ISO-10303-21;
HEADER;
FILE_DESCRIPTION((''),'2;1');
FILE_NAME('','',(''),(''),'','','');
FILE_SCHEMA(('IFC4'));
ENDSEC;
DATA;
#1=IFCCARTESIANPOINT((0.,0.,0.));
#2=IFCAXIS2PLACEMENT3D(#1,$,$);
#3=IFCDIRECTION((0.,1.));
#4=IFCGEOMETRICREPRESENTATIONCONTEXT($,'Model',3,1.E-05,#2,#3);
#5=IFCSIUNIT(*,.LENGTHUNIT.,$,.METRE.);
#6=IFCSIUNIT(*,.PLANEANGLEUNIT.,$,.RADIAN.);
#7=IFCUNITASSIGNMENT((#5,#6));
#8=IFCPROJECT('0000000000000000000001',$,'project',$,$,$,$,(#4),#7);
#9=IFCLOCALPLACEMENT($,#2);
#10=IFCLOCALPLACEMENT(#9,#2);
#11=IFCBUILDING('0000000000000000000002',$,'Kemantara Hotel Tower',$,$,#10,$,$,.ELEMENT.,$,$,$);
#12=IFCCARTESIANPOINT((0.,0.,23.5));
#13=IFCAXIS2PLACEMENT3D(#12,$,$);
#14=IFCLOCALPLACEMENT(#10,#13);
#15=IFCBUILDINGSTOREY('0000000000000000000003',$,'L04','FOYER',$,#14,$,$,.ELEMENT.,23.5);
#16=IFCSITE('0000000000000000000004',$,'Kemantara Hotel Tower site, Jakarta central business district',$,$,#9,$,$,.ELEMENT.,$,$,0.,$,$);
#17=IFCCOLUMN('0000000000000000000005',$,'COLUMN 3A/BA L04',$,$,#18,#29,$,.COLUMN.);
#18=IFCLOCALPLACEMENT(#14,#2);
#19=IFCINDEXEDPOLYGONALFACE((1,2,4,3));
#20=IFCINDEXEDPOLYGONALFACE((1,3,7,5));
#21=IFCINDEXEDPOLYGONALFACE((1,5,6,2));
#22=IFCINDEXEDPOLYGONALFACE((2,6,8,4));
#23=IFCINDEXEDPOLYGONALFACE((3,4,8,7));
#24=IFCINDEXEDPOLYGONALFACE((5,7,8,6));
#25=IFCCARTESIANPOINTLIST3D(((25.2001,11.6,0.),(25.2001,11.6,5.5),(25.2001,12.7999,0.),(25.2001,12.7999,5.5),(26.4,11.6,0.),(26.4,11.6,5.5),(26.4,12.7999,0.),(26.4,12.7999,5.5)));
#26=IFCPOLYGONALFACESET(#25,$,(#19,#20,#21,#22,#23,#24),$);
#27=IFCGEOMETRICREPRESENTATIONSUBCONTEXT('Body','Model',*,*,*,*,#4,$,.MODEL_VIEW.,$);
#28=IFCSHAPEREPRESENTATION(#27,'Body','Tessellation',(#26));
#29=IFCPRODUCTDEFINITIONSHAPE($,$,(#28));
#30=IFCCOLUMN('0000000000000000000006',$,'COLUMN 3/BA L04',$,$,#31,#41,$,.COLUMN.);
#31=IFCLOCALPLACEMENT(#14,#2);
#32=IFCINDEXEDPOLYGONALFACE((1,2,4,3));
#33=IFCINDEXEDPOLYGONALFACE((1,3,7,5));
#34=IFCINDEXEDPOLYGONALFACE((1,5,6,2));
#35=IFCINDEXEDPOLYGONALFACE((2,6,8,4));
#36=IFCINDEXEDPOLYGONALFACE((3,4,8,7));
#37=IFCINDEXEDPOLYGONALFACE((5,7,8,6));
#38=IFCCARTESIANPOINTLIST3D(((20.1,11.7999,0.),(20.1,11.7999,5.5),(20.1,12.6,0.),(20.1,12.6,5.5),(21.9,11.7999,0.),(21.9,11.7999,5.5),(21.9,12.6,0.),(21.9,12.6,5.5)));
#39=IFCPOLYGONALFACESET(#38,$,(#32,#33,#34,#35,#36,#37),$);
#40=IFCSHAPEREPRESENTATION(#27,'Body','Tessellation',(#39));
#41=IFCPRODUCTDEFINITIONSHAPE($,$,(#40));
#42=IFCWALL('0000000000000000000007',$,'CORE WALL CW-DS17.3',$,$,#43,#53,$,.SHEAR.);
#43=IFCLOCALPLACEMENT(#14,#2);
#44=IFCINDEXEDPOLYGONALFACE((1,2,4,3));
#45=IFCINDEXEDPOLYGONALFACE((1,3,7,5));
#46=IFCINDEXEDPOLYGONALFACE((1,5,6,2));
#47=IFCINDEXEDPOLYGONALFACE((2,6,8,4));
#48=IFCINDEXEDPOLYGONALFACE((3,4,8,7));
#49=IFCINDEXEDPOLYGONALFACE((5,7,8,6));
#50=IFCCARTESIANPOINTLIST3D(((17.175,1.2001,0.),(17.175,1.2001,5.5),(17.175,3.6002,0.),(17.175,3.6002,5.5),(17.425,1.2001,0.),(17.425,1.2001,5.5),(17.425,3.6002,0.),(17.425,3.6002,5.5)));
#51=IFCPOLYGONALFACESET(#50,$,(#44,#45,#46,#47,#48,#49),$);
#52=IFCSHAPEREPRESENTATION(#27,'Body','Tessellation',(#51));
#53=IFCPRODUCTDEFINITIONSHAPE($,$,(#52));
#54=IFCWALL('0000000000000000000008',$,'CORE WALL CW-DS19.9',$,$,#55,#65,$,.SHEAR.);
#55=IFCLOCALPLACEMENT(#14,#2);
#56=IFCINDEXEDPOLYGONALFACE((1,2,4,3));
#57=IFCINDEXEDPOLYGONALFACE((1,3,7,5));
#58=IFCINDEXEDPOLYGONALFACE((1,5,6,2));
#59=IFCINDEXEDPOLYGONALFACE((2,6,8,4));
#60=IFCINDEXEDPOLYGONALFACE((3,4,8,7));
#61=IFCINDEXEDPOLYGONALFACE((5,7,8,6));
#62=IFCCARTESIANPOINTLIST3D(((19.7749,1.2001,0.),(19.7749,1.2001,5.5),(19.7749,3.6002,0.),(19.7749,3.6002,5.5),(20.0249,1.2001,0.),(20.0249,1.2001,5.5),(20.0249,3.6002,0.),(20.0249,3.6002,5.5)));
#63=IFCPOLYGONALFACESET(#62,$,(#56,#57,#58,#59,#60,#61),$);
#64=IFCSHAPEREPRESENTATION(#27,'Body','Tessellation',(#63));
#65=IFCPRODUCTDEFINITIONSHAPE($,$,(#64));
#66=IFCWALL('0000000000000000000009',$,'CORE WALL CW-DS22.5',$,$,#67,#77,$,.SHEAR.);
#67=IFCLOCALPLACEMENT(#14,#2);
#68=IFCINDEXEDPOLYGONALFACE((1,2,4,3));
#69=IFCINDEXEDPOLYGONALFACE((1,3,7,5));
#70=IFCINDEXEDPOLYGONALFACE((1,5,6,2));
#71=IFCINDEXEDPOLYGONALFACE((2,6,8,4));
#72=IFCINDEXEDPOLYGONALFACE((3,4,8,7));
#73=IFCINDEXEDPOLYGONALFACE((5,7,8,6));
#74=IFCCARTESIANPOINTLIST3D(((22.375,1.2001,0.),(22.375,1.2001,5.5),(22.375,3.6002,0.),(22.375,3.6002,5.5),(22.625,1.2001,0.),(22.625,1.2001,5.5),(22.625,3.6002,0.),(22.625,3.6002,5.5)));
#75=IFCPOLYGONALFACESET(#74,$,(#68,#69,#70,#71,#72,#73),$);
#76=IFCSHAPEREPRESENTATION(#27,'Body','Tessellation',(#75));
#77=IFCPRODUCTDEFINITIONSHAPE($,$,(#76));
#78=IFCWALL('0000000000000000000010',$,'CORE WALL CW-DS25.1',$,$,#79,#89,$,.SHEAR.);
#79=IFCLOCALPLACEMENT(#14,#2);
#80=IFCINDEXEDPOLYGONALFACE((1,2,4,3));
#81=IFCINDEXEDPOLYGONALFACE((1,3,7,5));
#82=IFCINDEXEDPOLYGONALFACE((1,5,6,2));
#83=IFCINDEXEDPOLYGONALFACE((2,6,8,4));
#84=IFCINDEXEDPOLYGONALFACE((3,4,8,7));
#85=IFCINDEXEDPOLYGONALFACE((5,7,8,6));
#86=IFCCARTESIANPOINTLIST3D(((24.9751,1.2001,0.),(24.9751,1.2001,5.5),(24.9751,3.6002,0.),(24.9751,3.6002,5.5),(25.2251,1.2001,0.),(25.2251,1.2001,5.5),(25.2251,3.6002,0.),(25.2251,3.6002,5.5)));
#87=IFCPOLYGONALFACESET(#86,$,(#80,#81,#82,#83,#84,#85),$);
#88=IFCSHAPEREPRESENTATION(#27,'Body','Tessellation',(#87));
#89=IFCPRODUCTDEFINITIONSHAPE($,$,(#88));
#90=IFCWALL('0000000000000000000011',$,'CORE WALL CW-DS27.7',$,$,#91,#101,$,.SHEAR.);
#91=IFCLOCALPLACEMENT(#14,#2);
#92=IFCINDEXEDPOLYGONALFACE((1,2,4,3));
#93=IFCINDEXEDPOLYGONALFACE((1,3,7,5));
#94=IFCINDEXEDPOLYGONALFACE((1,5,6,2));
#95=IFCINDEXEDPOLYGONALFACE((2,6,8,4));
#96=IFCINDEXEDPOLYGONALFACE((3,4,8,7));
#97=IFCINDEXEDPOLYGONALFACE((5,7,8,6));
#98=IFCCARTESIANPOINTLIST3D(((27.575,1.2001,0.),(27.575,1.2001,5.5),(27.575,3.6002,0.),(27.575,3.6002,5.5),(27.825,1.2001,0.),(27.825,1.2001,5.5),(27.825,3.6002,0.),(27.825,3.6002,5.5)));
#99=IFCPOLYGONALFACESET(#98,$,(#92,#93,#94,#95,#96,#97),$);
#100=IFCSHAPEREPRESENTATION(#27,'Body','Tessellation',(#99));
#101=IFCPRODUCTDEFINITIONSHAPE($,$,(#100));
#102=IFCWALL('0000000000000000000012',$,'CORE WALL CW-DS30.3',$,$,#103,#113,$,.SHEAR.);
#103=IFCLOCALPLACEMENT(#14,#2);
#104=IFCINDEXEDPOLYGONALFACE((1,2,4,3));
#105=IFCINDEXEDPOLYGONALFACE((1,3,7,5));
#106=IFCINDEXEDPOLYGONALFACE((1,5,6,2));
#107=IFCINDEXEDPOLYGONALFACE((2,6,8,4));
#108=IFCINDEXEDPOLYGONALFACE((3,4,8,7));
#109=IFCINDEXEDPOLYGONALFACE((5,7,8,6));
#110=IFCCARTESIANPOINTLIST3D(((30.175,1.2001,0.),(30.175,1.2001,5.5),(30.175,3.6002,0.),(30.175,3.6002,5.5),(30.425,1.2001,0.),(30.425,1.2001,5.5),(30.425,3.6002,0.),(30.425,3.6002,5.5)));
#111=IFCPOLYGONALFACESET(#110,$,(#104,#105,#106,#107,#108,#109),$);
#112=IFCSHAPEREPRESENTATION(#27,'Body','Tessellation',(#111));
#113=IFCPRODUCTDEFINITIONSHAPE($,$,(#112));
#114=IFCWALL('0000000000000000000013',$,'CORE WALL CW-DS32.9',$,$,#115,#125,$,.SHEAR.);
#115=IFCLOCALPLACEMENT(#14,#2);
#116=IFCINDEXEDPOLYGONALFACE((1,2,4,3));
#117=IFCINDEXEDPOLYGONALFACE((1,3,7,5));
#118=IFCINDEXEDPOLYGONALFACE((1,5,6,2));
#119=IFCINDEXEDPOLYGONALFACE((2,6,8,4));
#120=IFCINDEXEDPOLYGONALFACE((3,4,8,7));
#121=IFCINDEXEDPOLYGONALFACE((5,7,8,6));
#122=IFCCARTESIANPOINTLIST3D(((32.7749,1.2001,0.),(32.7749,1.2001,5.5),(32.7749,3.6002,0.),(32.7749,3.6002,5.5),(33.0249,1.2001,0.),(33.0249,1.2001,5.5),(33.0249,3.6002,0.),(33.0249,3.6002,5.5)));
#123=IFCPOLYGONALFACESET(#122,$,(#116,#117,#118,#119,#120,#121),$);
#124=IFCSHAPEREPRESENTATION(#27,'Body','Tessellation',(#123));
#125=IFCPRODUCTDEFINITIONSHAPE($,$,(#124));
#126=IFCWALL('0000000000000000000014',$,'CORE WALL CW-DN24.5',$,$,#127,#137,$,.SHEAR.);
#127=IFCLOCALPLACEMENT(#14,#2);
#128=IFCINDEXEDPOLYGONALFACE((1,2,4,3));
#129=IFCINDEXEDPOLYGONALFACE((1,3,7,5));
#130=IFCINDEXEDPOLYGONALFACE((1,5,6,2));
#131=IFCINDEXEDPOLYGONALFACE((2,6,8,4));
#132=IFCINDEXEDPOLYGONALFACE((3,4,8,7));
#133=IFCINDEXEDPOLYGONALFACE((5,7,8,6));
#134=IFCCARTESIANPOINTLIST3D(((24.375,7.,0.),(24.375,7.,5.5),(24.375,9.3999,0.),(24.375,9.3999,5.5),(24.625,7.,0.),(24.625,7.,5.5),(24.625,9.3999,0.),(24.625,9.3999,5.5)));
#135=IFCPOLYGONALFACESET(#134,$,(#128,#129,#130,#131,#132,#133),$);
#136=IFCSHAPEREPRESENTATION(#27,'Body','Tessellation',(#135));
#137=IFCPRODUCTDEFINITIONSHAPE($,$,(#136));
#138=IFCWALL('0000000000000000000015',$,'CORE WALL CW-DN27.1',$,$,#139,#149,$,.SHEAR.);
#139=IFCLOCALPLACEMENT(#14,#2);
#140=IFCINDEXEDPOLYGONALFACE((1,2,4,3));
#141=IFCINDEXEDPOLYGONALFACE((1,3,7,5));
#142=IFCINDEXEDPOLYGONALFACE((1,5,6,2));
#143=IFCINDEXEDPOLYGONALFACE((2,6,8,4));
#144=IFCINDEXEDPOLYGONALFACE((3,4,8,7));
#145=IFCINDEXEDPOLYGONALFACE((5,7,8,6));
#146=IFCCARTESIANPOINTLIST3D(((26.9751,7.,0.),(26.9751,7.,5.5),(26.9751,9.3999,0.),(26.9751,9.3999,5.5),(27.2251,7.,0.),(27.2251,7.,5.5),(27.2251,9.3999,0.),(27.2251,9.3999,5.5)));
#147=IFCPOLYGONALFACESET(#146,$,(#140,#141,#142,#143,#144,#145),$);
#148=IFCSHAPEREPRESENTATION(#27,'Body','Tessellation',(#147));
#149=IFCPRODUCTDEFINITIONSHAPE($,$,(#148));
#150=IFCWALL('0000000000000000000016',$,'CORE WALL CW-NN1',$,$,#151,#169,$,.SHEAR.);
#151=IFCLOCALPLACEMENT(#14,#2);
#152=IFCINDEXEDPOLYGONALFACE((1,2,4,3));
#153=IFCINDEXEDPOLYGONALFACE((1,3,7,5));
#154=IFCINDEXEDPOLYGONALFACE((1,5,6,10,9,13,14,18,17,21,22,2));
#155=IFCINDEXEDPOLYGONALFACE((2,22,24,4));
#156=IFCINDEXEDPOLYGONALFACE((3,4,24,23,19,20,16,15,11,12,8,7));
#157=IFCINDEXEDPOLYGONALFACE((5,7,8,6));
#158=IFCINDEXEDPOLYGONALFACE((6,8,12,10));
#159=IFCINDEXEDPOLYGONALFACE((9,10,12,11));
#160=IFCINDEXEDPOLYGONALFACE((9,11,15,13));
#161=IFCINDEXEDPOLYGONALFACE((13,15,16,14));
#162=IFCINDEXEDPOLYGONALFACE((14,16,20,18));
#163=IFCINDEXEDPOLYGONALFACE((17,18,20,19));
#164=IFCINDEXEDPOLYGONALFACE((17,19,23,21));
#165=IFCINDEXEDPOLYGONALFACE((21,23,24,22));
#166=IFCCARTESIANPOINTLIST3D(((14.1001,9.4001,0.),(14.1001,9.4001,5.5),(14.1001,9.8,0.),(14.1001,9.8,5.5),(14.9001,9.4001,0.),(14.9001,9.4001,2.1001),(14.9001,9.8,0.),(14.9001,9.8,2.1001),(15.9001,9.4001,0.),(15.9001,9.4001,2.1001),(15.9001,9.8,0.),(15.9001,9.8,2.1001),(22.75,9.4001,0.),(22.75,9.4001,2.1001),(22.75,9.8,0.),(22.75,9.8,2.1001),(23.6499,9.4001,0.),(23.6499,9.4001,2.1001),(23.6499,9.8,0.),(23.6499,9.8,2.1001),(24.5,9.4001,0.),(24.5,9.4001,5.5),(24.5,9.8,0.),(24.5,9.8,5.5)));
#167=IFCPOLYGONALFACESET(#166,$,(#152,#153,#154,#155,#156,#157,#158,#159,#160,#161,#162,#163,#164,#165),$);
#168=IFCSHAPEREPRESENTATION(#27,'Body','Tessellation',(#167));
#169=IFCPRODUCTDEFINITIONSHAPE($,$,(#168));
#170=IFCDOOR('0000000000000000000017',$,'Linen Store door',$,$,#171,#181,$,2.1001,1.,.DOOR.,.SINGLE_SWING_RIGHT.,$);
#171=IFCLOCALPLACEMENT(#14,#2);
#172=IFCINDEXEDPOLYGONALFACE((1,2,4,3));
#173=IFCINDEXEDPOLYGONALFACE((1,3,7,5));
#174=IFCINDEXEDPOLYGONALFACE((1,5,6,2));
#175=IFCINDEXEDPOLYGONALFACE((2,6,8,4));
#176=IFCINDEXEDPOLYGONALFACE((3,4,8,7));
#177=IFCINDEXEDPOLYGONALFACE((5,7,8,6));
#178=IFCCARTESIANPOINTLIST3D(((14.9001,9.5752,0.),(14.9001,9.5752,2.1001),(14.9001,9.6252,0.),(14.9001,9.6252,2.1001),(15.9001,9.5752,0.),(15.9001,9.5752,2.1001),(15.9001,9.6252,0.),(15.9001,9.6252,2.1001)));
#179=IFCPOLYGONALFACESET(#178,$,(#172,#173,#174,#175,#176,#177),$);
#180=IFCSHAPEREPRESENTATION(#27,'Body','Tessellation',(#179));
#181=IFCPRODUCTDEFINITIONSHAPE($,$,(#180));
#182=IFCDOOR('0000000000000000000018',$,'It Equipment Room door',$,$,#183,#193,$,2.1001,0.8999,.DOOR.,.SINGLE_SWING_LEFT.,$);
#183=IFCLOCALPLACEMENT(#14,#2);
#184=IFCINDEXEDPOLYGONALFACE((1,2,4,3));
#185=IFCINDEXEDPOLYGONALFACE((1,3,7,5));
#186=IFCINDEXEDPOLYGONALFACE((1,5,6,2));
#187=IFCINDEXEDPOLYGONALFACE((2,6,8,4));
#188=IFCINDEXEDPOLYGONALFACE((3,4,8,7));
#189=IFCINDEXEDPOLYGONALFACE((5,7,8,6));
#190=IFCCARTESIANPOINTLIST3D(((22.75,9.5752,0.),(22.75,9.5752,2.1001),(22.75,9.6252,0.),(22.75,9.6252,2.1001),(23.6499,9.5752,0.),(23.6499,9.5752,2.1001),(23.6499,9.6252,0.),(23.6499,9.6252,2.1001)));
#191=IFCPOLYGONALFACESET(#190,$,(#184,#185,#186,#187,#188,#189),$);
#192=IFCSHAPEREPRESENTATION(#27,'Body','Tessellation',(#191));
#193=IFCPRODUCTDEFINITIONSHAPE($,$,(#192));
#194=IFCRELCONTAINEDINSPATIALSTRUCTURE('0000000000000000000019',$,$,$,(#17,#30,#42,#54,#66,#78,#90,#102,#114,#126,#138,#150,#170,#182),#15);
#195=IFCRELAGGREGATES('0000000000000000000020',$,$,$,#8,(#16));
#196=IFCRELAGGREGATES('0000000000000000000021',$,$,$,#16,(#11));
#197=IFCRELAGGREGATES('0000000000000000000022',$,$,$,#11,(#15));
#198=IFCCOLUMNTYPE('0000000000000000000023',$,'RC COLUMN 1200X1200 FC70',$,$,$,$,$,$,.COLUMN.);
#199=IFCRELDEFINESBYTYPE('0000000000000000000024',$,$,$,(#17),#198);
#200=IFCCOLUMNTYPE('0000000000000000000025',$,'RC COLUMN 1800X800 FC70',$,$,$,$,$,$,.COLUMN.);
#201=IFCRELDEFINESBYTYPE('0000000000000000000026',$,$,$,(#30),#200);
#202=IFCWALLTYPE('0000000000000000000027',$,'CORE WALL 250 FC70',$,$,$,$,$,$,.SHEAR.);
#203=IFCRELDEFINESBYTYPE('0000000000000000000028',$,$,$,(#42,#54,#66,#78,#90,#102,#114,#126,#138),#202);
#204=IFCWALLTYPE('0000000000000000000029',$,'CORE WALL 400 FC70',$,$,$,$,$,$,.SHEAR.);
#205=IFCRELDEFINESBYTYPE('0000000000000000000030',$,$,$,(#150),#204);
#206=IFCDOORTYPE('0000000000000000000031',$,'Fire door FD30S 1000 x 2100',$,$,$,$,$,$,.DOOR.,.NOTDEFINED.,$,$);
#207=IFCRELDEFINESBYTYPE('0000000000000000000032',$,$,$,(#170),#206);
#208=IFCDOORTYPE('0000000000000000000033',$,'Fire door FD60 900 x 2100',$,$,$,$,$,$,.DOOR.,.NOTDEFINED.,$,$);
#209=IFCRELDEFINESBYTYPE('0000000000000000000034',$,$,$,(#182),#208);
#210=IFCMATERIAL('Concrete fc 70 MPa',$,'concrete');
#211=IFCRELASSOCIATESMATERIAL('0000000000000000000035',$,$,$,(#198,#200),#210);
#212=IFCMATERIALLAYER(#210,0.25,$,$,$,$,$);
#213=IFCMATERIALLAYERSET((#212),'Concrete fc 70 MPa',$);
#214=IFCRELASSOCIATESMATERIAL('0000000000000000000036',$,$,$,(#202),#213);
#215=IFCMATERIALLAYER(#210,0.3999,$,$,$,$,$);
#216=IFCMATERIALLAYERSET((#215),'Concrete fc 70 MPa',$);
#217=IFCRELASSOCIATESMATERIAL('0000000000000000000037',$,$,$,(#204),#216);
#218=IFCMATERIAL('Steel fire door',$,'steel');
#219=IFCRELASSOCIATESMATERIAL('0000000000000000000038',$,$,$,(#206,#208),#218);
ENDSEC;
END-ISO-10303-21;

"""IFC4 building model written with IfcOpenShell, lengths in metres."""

from ifc_helpers import new_model, si_unit, direction, frame, frame_2d, origin, origin_2d, place, context, subcontext, project, spatial, rectangle, extrude, material, layer, layer_set, material_profile, profile_set, type_object, element, fill, save


model = new_model("IFC4")

# Units and contexts
model_context = context("Model", 3, precision=1e-05, world=origin(), true_north=direction((0.0, 1.0)))
body_context = subcontext(model_context, "Body", "Model", "MODEL_VIEW")
ifc_project = project(units=[si_unit("LENGTHUNIT", "METRE"), si_unit("PLANEANGLEUNIT", "RADIAN")], contexts=[model_context])

# Site, building, storey
site_placement = place(None, origin())
site = spatial("IfcSite", under=ifc_project, at=site_placement, Name="Kemantara Hotel Tower site, Jakarta central business district", CompositionType="ELEMENT", RefElevation=0.0)
building_placement = place(site_placement, origin())
building = spatial("IfcBuilding", under=site, at=building_placement, Name="Kemantara Hotel Tower", CompositionType="ELEMENT")
storey_placement = place(building_placement, frame((0.0, 0.0, 23.5)))
storey = spatial("IfcBuildingStorey", under=building, at=storey_placement, Name="L04", Description="FOYER", CompositionType="ELEMENT", Elevation=23.5)

# Columns
ifc_material_1 = material(Name="Concrete fc 70 MPa", Category="concrete")
ifc_material_profile_1 = material_profile(ifc_material_1, rectangle(XDim=1.2, YDim=1.2, at=origin_2d()), Name="RC 1200X1200")
ifc_profile_set_1 = profile_set([ifc_material_profile_1], Name="Concrete fc 70 MPa")
column_type_1 = type_object("IfcColumnType", Name="RC COLUMN 1200X1200 FC70", PredefinedType="COLUMN", material=ifc_profile_set_1)
column_1_placement = place(storey_placement, frame((25.8, 12.2, 0.0), z_axis=(0.0, 0.0, 1.0), x_axis=(1.0, 0.0, 0.0)))
element("IfcColumn", 1, at=column_1_placement, inside=storey, type_object=column_type_1, Name="COLUMN 3A/BA L04", PredefinedType="COLUMN", context=body_context, shape_type="SweptSolid", body=[
    extrude(rectangle(XDim=1.2, YDim=1.2, at=origin_2d()), origin(), (0.0, 0.0, 1.0), 5.5),
])
ifc_material_profile_2 = material_profile(ifc_material_1, rectangle(XDim=1.8, YDim=0.8, at=origin_2d()), Name="RC 1800X800")
ifc_profile_set_2 = profile_set([ifc_material_profile_2], Name="Concrete fc 70 MPa")
column_type_2 = type_object("IfcColumnType", Name="RC COLUMN 1800X800 FC70", PredefinedType="COLUMN", material=ifc_profile_set_2)
column_2_placement = place(storey_placement, frame((21.0, 12.2, 0.0), z_axis=(0.0, 0.0, 1.0), x_axis=(1.0, 0.0, 0.0)))
element("IfcColumn", 2, at=column_2_placement, inside=storey, type_object=column_type_2, Name="COLUMN 3/BA L04", PredefinedType="COLUMN", context=body_context, shape_type="SweptSolid", body=[
    extrude(rectangle(XDim=1.8, YDim=0.8, at=origin_2d()), origin(), (0.0, 0.0, 1.0), 5.5),
])

# Walls
ifc_layer_1 = layer(ifc_material_1, 0.25)
ifc_layer_set_1 = layer_set([ifc_layer_1], Name="Concrete fc 70 MPa")
wall_type_1 = type_object("IfcWallType", Name="CORE WALL 250 FC70", PredefinedType="SHEAR", material=ifc_layer_set_1)
for number, where, z_axis, x_axis, name in (
    (3, (17.3, 1.2, 0.0), (0.0, 0.0, 1.0), (0.0, 1.0, 0.0), "CORE WALL CW-DS17.3"),
    (4, (19.8999, 1.2, 0.0), (0.0, 0.0, 1.0), (0.0, 1.0, 0.0), "CORE WALL CW-DS19.9"),
    (5, (22.5, 1.2, 0.0), (0.0, 0.0, 1.0), (0.0, 1.0, 0.0), "CORE WALL CW-DS22.5"),
    (6, (25.1001, 1.2, 0.0), (0.0, 0.0, 1.0), (0.0, 1.0, 0.0), "CORE WALL CW-DS25.1"),
    (7, (27.7, 1.2, 0.0), (0.0, 0.0, 1.0), (0.0, 1.0, 0.0), "CORE WALL CW-DS27.7"),
    (8, (30.3, 1.2, 0.0), (0.0, 0.0, 1.0), (0.0, 1.0, 0.0), "CORE WALL CW-DS30.3"),
    (9, (32.8999, 1.2, 0.0), (0.0, 0.0, 1.0), (0.0, 1.0, 0.0), "CORE WALL CW-DS32.9"),
):
    element("IfcWall", number, at=place(storey_placement, frame(where, z_axis=z_axis, x_axis=x_axis)), inside=storey, type_object=wall_type_1, Name=name, PredefinedType="SHEAR", context=body_context, shape_type="SweptSolid", body=[
        extrude(rectangle(XDim=2.4001, YDim=0.25, at=frame_2d((1.2002, 0.0))), origin(), (0.0, 0.0, 1.0), 5.5),
    ])
for number, where, z_axis, x_axis, name in (
    (10, (24.5, 7.0, 0.0), (0.0, 0.0, 1.0), (0.0, 1.0, 0.0), "CORE WALL CW-DN24.5"),
    (11, (27.1001, 7.0, 0.0), (0.0, 0.0, 1.0), (0.0, 1.0, 0.0), "CORE WALL CW-DN27.1"),
):
    element("IfcWall", number, at=place(storey_placement, frame(where, z_axis=z_axis, x_axis=x_axis)), inside=storey, type_object=wall_type_1, Name=name, PredefinedType="SHEAR", context=body_context, shape_type="SweptSolid", body=[
        extrude(rectangle(XDim=2.3999, YDim=0.25, at=frame_2d((1.2, 0.0))), origin(), (0.0, 0.0, 1.0), 5.5),
    ])

# Wall, openings, doors
ifc_layer_2 = layer(ifc_material_1, 0.3999)
ifc_layer_set_2 = layer_set([ifc_layer_2], Name="Concrete fc 70 MPa")
wall_type_2 = type_object("IfcWallType", Name="CORE WALL 400 FC70", PredefinedType="SHEAR", material=ifc_layer_set_2)
wall_1_placement = place(storey_placement, frame((14.1001, 9.6001, 0.0), z_axis=(0.0, 0.0, 1.0), x_axis=(1.0, 0.0, 0.0)))
wall_1 = element("IfcWall", 12, at=wall_1_placement, inside=storey, type_object=wall_type_2, Name="CORE WALL CW-NN1", PredefinedType="SHEAR", context=body_context, shape_type="SweptSolid", body=[
    extrude(rectangle(XDim=10.3999, YDim=0.3999, at=frame_2d((5.2, 0.0))), origin(), (0.0, 0.0, 1.0), 5.5),
])
opening_1_placement = place(wall_1_placement, frame((0.8, 0.0, 0.0)))
opening_1 = element("IfcOpeningElement", 13, at=opening_1_placement, cuts=wall_1, PredefinedType="OPENING", context=body_context, shape_type="SweptSolid", body=[
    extrude(rectangle(XDim=1.0, YDim=2.1001, at=frame_2d((0.5, 1.05))), frame((0.0, 0.21, 0.0), z_axis=(0.0, -1.0, 0.0), x_axis=(1.0, 0.0, 0.0)), (0.0, 0.0, 1.0), 0.4199),
])
opening_2_placement = place(wall_1_placement, frame((8.6499, 0.0, 0.0)))
opening_2 = element("IfcOpeningElement", 14, at=opening_2_placement, cuts=wall_1, PredefinedType="OPENING", context=body_context, shape_type="SweptSolid", body=[
    extrude(rectangle(XDim=0.8999, YDim=2.1001, at=frame_2d((0.45, 1.05))), frame((0.0, 0.21, 0.0), z_axis=(0.0, -1.0, 0.0), x_axis=(1.0, 0.0, 0.0)), (0.0, 0.0, 1.0), 0.4199),
])
ifc_material_2 = material(Name="Steel fire door", Category="steel")
door_type_1 = type_object("IfcDoorType", Name="Fire door FD30S 1000 x 2100", OperationType="NOTDEFINED", PredefinedType="DOOR", material=ifc_material_2)
door_1_placement = place(opening_1_placement, frame((1.0, 0.0, 0.0), z_axis=(0.0, 0.0, 1.0), x_axis=(-1.0, 0.0, 0.0)))
door_1 = element("IfcDoor", 15, at=door_1_placement, inside=storey, type_object=door_type_1, Name="Linen Store door", OperationType="SINGLE_SWING_RIGHT", OverallHeight=2.1001, OverallWidth=1.0, PredefinedType="DOOR", context=body_context, shape_type="SweptSolid", body=[
    extrude(rectangle(XDim=1.0, YDim=2.1001, at=frame_2d((0.5, 1.05))), frame((0.0, 0.0249, 0.0), z_axis=(0.0, -1.0, 0.0), x_axis=(1.0, 0.0, 0.0)), (0.0, 0.0, 1.0), 0.05),
])
fill(opening_1, door_1)
door_type_2 = type_object("IfcDoorType", Name="Fire door FD60 900 x 2100", OperationType="NOTDEFINED", PredefinedType="DOOR", material=ifc_material_2)
door_2_placement = place(opening_2_placement, frame((0.8999, 0.0, 0.0), z_axis=(0.0, 0.0, 1.0), x_axis=(-1.0, 0.0, 0.0)))
door_2 = element("IfcDoor", 16, at=door_2_placement, inside=storey, type_object=door_type_2, Name="It Equipment Room door", OperationType="SINGLE_SWING_LEFT", OverallHeight=2.1001, OverallWidth=0.8999, PredefinedType="DOOR", context=body_context, shape_type="SweptSolid", body=[
    extrude(rectangle(XDim=0.8999, YDim=2.1001, at=frame_2d((0.45, 1.05))), frame((0.0, 0.0249, 0.0), z_axis=(0.0, -1.0, 0.0), x_axis=(1.0, 0.0, 0.0)), (0.0, 0.0, 1.0), 0.05),
])
fill(opening_2, door_2)

save(model, "model.ifc")
